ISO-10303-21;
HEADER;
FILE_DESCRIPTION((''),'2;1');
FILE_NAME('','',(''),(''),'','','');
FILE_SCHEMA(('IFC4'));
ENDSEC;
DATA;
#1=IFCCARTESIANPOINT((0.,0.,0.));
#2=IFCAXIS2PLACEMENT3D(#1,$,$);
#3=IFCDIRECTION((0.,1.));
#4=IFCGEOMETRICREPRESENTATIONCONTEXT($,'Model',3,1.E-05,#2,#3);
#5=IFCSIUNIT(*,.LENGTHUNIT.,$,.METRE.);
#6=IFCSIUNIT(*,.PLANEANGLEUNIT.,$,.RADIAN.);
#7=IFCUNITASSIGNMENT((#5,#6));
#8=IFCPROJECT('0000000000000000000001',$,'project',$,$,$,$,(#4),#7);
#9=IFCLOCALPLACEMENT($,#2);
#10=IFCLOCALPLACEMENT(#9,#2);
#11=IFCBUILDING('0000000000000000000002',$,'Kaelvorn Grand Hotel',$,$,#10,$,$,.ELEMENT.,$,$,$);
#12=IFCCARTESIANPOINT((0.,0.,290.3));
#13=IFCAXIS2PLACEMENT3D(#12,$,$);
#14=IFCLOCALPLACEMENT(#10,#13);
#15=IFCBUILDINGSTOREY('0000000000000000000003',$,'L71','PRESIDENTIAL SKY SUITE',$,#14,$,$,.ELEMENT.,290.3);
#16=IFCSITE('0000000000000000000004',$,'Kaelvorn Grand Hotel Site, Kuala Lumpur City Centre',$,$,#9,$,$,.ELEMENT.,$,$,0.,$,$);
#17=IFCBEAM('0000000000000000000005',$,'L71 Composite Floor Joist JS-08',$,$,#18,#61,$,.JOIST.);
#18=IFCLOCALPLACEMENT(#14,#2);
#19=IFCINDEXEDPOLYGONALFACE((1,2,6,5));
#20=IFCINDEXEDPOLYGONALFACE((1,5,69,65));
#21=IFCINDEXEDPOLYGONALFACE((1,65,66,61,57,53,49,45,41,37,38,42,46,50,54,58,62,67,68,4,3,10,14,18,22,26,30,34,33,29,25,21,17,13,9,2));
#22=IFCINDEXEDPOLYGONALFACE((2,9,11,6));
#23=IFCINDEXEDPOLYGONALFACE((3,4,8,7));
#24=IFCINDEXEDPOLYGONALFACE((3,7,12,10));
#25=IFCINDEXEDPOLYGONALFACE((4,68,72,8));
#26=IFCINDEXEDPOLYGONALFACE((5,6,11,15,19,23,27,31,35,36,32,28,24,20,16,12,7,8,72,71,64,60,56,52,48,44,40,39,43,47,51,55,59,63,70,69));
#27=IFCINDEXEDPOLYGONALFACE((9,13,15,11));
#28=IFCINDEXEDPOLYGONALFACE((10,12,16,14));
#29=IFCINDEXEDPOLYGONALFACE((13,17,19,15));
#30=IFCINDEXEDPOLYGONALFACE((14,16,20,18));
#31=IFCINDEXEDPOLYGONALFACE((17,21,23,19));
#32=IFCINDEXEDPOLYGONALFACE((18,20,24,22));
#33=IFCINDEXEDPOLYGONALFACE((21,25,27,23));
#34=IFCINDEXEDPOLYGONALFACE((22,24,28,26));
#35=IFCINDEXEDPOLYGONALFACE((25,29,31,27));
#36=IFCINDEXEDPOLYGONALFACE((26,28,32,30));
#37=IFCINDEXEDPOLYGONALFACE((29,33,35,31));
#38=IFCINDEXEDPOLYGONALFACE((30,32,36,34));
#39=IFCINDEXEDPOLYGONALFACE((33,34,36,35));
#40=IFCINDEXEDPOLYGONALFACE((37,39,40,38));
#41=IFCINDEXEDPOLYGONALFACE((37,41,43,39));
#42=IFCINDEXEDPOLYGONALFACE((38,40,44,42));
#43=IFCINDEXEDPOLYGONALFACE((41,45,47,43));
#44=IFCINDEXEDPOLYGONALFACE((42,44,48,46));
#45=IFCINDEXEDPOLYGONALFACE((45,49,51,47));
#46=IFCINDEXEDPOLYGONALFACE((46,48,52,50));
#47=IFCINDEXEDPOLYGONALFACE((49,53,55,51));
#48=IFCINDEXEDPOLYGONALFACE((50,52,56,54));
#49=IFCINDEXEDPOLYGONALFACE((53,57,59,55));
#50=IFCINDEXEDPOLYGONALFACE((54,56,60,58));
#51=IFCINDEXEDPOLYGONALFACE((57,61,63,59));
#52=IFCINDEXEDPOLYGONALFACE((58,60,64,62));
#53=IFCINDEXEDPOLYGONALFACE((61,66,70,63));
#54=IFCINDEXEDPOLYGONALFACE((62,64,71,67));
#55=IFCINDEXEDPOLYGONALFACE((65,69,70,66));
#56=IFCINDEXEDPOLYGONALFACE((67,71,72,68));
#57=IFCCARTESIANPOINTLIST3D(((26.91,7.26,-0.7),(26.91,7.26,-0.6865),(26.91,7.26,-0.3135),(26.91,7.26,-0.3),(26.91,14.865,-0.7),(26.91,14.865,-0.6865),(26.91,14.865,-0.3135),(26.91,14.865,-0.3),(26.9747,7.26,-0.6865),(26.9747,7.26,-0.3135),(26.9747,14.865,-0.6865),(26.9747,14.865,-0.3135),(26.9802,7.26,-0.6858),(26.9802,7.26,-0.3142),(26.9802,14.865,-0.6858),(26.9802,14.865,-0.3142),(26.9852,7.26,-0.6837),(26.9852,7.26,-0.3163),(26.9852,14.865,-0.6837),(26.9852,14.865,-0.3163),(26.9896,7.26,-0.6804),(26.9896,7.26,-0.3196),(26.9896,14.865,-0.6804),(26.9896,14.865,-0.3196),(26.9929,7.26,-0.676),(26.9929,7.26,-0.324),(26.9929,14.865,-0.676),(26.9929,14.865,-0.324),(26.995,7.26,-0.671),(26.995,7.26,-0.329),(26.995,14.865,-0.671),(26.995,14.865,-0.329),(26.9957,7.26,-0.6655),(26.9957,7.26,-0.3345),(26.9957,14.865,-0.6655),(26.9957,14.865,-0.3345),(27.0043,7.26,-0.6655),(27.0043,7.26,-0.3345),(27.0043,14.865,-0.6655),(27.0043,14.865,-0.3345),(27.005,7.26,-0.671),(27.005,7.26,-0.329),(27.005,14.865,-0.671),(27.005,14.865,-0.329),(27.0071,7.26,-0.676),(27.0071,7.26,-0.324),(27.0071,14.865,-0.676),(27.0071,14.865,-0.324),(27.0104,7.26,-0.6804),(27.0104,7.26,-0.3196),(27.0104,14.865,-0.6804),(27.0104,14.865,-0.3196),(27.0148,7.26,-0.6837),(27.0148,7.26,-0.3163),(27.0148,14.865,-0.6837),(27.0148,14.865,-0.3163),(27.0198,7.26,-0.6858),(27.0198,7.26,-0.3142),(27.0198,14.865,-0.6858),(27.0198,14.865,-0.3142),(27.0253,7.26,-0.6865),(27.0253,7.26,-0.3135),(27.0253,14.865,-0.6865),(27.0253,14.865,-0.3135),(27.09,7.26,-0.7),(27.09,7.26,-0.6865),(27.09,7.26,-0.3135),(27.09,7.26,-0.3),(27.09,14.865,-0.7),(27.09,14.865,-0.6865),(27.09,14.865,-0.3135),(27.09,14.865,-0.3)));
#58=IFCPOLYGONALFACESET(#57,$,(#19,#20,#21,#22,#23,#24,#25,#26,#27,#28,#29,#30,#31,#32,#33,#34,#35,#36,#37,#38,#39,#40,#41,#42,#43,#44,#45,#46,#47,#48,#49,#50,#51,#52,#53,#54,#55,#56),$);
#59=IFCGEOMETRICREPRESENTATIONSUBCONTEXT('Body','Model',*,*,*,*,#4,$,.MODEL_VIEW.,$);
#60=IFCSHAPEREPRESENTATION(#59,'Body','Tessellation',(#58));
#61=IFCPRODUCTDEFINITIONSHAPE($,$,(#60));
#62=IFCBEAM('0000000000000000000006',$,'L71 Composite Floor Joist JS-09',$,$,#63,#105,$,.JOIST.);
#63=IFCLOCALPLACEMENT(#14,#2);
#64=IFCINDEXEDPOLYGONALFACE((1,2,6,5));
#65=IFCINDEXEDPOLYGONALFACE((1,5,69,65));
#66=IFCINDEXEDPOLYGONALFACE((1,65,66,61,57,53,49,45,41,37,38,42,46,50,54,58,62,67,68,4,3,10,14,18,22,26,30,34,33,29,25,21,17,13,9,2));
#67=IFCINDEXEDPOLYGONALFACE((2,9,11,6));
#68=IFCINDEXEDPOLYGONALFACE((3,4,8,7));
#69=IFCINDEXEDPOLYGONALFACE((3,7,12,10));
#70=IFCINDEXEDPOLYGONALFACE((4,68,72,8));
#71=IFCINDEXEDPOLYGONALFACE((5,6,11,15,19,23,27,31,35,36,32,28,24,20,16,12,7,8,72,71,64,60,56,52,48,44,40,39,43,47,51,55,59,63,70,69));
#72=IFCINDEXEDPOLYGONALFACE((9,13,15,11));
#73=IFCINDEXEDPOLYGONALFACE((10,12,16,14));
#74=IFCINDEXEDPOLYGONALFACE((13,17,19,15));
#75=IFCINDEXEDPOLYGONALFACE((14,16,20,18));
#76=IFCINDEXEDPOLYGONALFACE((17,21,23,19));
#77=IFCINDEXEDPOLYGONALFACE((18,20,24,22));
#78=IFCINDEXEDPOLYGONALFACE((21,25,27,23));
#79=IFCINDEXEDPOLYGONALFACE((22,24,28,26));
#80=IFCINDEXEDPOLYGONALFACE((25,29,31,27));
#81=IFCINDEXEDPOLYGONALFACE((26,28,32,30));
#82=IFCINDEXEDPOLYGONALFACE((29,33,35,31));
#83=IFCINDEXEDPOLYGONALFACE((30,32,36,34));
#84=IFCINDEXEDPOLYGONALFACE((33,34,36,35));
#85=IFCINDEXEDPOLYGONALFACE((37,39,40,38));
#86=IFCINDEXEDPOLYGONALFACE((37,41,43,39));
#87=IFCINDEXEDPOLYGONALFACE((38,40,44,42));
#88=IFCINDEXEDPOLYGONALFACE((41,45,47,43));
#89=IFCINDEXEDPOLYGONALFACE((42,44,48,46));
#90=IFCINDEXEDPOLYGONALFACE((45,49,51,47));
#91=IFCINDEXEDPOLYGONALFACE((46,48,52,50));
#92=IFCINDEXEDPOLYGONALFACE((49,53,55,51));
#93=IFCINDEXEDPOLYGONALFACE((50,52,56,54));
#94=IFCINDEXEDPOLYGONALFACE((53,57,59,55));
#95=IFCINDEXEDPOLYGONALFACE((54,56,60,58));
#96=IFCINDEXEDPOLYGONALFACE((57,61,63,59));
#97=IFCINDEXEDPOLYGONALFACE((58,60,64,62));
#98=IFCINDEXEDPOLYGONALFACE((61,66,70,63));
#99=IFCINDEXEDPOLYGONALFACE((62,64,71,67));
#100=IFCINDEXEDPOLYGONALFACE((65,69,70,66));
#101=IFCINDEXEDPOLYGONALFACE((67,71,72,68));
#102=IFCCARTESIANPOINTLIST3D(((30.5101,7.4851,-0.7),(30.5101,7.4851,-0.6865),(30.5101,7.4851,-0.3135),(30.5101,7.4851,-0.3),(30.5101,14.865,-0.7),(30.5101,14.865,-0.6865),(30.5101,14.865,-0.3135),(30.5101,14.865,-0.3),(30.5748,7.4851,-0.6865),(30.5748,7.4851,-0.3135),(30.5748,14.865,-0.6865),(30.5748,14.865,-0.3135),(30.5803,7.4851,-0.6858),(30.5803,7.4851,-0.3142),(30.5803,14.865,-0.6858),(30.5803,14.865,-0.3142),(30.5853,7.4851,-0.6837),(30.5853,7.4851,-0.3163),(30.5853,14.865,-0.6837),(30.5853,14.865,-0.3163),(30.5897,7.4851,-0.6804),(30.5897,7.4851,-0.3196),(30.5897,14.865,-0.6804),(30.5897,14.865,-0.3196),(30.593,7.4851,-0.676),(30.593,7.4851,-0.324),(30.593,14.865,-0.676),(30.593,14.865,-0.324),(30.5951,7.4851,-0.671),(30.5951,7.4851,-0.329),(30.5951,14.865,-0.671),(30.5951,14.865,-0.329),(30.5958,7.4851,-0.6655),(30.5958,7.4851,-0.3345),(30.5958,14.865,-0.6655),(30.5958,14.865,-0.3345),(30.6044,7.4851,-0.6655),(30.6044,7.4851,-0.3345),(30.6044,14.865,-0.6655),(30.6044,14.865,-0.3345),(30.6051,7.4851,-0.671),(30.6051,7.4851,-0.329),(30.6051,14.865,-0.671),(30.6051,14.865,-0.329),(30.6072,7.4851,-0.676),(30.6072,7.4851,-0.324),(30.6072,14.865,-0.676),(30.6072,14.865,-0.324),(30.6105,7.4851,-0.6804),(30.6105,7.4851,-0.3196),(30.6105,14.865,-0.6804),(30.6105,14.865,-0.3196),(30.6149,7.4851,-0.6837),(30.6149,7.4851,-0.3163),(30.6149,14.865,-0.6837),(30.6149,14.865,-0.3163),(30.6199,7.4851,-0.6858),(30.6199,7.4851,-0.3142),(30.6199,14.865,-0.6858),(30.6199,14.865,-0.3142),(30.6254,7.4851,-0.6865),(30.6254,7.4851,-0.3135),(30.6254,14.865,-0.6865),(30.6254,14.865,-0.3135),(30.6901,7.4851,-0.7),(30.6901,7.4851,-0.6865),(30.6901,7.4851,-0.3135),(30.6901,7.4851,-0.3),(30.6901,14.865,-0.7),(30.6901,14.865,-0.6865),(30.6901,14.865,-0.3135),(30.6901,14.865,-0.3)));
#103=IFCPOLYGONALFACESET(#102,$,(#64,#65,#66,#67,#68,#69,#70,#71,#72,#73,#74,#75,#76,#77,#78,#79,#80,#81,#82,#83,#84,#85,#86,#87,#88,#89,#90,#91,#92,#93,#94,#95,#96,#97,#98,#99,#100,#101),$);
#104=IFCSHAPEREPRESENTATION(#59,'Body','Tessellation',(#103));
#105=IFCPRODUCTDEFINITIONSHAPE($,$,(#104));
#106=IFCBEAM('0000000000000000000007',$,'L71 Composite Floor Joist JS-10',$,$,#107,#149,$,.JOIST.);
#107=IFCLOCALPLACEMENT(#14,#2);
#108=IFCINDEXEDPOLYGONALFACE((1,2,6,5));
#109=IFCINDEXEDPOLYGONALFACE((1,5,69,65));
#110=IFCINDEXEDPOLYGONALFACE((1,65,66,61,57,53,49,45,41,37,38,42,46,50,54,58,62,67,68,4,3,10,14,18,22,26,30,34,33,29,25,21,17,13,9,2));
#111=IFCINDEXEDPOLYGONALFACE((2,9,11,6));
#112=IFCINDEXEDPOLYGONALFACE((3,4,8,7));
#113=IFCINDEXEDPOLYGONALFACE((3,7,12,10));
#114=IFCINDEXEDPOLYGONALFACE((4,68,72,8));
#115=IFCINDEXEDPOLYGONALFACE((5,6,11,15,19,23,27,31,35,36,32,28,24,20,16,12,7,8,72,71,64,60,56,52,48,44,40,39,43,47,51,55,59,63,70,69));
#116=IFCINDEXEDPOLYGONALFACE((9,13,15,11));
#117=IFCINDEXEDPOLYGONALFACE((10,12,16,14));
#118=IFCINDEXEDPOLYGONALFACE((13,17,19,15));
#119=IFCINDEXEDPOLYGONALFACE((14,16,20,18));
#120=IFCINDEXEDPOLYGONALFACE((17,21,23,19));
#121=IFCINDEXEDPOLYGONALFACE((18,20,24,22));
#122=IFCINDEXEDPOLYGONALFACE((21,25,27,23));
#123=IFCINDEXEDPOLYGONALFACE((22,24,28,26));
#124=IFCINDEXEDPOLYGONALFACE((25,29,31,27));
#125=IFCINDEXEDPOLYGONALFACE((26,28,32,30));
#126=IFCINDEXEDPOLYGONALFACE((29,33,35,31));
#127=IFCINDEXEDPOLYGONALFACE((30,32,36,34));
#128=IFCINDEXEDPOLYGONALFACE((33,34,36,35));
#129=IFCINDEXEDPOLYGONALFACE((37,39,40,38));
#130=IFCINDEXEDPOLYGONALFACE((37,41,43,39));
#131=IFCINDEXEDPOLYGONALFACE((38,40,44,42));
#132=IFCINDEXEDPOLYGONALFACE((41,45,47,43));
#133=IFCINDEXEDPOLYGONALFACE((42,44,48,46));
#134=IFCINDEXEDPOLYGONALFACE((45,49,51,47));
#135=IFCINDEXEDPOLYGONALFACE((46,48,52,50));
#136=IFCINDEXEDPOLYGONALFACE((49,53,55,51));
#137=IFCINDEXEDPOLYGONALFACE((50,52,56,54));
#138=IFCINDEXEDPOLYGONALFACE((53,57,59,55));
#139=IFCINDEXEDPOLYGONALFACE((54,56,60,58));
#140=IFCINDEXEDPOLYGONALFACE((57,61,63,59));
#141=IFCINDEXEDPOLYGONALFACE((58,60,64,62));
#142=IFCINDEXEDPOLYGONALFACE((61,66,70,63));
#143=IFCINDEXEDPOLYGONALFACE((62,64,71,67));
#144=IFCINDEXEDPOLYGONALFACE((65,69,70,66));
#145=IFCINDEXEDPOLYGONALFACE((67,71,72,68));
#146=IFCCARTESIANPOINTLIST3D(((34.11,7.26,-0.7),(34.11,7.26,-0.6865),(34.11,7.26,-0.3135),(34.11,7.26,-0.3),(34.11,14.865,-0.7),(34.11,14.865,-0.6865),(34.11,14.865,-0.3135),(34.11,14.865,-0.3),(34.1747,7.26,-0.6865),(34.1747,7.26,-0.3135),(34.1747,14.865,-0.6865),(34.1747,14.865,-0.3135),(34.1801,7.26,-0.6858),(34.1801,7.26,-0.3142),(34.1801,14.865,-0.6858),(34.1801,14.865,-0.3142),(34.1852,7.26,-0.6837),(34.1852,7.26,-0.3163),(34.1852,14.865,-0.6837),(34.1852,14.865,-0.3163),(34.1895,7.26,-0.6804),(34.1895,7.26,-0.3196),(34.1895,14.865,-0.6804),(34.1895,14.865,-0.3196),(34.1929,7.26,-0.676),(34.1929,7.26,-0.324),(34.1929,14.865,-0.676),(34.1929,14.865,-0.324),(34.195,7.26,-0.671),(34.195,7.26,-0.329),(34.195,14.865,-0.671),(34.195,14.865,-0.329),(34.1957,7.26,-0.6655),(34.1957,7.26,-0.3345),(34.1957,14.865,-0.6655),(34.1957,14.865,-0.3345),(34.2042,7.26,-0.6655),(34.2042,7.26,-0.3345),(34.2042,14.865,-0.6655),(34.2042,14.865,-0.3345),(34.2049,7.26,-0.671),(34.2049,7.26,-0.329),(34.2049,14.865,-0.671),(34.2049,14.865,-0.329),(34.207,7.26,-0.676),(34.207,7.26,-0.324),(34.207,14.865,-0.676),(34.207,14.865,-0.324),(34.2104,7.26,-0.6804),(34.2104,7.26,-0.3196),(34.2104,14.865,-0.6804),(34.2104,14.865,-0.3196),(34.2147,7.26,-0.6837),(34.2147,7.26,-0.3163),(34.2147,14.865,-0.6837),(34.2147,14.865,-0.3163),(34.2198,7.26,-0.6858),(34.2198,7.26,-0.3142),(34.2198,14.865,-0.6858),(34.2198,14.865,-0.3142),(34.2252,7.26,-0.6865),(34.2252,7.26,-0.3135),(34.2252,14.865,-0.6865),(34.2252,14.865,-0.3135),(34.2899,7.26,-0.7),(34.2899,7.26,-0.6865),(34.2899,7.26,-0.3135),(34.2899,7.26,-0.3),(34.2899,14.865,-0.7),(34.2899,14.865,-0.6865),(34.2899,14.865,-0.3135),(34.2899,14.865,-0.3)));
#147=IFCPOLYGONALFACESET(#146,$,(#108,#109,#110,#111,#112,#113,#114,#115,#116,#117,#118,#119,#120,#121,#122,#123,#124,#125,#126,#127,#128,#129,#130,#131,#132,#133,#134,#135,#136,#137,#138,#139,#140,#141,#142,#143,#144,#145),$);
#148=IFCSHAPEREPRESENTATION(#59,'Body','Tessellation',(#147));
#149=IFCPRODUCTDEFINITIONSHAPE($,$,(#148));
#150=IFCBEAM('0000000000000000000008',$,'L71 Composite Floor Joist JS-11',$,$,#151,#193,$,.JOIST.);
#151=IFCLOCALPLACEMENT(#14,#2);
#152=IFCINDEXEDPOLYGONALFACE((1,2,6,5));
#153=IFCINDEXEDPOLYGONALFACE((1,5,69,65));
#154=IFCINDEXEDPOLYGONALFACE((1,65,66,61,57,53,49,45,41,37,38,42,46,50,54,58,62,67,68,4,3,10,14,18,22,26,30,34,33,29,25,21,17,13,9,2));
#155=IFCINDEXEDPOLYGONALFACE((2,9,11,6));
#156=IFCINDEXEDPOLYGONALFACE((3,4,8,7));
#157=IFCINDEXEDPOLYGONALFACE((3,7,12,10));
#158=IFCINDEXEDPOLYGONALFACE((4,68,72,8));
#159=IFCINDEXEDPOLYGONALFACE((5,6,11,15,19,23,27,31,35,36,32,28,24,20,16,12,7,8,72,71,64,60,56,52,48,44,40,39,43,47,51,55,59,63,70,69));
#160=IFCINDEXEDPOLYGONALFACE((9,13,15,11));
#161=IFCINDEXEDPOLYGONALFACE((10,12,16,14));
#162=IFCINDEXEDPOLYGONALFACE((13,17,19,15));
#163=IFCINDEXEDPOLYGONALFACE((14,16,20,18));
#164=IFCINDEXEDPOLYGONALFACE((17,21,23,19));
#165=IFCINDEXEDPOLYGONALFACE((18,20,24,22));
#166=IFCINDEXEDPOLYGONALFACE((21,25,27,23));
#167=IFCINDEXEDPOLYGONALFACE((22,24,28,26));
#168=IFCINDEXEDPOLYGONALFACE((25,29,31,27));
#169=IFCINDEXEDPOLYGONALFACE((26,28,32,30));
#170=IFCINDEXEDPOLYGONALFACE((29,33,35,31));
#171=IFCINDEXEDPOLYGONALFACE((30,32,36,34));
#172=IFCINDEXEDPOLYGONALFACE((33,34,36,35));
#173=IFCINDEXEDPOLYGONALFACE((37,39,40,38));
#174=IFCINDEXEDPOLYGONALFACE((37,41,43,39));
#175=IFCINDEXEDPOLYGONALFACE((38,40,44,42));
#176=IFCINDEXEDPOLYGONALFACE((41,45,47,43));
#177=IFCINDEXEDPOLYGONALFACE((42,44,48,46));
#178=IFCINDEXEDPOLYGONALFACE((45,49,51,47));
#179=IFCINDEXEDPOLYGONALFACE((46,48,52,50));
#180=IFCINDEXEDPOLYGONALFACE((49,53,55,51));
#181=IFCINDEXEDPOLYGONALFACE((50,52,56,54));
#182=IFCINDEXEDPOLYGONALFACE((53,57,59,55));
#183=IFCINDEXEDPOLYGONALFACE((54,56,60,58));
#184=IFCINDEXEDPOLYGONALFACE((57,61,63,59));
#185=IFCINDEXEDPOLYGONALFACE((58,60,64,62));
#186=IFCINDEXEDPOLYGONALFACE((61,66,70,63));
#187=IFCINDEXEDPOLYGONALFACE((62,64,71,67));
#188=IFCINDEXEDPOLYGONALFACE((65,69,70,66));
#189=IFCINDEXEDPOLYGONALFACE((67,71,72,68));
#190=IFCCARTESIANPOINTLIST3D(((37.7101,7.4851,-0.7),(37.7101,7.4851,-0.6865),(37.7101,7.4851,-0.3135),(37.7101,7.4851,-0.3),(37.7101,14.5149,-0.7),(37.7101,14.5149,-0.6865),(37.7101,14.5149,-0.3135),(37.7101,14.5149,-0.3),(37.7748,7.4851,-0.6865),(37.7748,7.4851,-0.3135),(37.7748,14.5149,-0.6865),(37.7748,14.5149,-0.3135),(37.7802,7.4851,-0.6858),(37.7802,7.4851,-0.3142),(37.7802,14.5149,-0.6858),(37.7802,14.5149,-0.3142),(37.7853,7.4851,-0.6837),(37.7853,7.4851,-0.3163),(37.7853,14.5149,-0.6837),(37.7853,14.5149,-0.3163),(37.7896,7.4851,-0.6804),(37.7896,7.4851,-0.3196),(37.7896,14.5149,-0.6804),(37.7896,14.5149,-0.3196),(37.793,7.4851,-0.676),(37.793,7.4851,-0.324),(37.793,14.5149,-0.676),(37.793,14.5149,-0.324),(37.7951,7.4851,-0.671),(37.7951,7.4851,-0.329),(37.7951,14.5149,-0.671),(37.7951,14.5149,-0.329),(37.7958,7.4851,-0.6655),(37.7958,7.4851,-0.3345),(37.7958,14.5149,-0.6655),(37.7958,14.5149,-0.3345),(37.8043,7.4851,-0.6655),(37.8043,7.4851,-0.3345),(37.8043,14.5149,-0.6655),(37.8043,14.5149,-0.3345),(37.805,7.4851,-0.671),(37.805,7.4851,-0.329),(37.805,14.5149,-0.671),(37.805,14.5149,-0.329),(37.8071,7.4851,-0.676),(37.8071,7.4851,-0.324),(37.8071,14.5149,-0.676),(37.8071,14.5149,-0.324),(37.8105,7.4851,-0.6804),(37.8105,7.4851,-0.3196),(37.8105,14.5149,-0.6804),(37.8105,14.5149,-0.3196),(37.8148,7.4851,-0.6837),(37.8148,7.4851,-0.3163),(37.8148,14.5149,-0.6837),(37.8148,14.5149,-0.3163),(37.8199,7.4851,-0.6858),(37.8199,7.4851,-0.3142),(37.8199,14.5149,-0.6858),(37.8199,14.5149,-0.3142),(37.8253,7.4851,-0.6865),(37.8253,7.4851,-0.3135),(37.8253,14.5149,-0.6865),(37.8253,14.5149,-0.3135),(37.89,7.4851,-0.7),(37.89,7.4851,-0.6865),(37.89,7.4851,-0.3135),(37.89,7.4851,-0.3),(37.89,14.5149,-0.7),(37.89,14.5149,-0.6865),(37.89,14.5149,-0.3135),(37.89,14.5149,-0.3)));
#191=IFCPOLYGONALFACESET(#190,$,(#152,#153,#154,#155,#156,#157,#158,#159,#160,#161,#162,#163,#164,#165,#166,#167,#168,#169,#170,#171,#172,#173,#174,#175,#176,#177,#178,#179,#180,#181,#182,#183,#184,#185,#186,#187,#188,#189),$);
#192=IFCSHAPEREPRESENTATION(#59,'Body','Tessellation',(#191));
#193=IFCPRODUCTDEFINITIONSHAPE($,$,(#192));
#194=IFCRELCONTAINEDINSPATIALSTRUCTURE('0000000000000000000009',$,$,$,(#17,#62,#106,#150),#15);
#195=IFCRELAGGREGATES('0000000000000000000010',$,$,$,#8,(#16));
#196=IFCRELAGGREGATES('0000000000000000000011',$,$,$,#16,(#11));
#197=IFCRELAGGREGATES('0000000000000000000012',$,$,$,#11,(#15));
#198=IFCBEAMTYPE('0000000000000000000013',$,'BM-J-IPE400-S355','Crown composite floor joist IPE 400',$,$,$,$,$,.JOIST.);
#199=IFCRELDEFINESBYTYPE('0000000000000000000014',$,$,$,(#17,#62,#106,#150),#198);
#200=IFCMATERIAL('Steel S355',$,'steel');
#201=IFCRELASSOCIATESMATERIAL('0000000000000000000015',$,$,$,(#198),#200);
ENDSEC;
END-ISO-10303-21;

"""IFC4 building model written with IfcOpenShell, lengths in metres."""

from ifc_helpers import new_model, si_unit, direction, frame, origin, origin_2d, place, context, subcontext, project, spatial, i_section, extrude, material, material_profile, profile_set, type_object, element, save


model = new_model("IFC4")

# Units and contexts
model_context = context("Model", 3, precision=1e-05, world=origin(), true_north=direction((0.0, 1.0)))
body_context = subcontext(model_context, "Body", "Model", "MODEL_VIEW")
ifc_project = project(units=[si_unit("LENGTHUNIT", "METRE"), si_unit("PLANEANGLEUNIT", "RADIAN")], contexts=[model_context])

# Site, building, storey
site_placement = place(None, origin())
site = spatial("IfcSite", under=ifc_project, at=site_placement, Name="Kaelvorn Grand Hotel Site, Kuala Lumpur City Centre", CompositionType="ELEMENT", RefElevation=0.0)
building_placement = place(site_placement, origin())
building = spatial("IfcBuilding", under=site, at=building_placement, Name="Kaelvorn Grand Hotel", CompositionType="ELEMENT")
storey_placement = place(building_placement, frame((0.0, 0.0, 290.3)))
storey = spatial("IfcBuildingStorey", under=building, at=storey_placement, Name="L71", Description="PRESIDENTIAL SKY SUITE", CompositionType="ELEMENT", Elevation=290.3)

# Beams
ifc_material_1 = material(Name="Steel S355", Category="steel")
ifc_material_profile_1 = material_profile(ifc_material_1, i_section(OverallWidth=0.1799, OverallDepth=0.3999, WebThickness=0.0085, FlangeThickness=0.0134, FilletRadius=0.021, at=origin_2d()), Name="IPE 400")
ifc_profile_set_1 = profile_set([ifc_material_profile_1], Name="Steel S355")
beam_type_1 = type_object("IfcBeamType", Name="BM-J-IPE400-S355", Description="Crown composite floor joist IPE 400", PredefinedType="JOIST", material=ifc_profile_set_1)
beam_1_placement = place(storey_placement, frame((27.0, 7.26, -0.5), z_axis=(0.0, 1.0, 0.0), x_axis=(-1.0, 0.0, 0.0)))
element("IfcBeam", 1, at=beam_1_placement, inside=storey, type_object=beam_type_1, Name="L71 Composite Floor Joist JS-08", PredefinedType="JOIST", context=body_context, shape_type="SweptSolid", body=[
    extrude(i_section(OverallWidth=0.1799, OverallDepth=0.3999, WebThickness=0.0085, FlangeThickness=0.0134, FilletRadius=0.021, at=origin_2d()), origin(), (0.0, 0.0, 1.0), 7.605),
])
beam_2_placement = place(storey_placement, frame((30.6001, 7.4851, -0.5), z_axis=(0.0, 1.0, 0.0), x_axis=(-1.0, 0.0, 0.0)))
element("IfcBeam", 2, at=beam_2_placement, inside=storey, type_object=beam_type_1, Name="L71 Composite Floor Joist JS-09", PredefinedType="JOIST", context=body_context, shape_type="SweptSolid", body=[
    extrude(i_section(OverallWidth=0.1799, OverallDepth=0.3999, WebThickness=0.0085, FlangeThickness=0.0134, FilletRadius=0.021, at=origin_2d()), origin(), (0.0, 0.0, 1.0), 7.3799),
])
beam_3_placement = place(storey_placement, frame((34.2, 7.26, -0.5), z_axis=(0.0, 1.0, 0.0), x_axis=(-1.0, 0.0, 0.0)))
element("IfcBeam", 3, at=beam_3_placement, inside=storey, type_object=beam_type_1, Name="L71 Composite Floor Joist JS-10", PredefinedType="JOIST", context=body_context, shape_type="SweptSolid", body=[
    extrude(i_section(OverallWidth=0.1799, OverallDepth=0.3999, WebThickness=0.0085, FlangeThickness=0.0134, FilletRadius=0.021, at=origin_2d()), origin(), (0.0, 0.0, 1.0), 7.605),
])
beam_4_placement = place(storey_placement, frame((37.8, 7.4851, -0.5), z_axis=(0.0, 1.0, 0.0), x_axis=(-1.0, 0.0, 0.0)))
element("IfcBeam", 4, at=beam_4_placement, inside=storey, type_object=beam_type_1, Name="L71 Composite Floor Joist JS-11", PredefinedType="JOIST", context=body_context, shape_type="SweptSolid", body=[
    extrude(i_section(OverallWidth=0.1799, OverallDepth=0.3999, WebThickness=0.0085, FlangeThickness=0.0134, FilletRadius=0.021, at=origin_2d()), origin(), (0.0, 0.0, 1.0), 7.0298),
])

save(model, "model.ifc")
